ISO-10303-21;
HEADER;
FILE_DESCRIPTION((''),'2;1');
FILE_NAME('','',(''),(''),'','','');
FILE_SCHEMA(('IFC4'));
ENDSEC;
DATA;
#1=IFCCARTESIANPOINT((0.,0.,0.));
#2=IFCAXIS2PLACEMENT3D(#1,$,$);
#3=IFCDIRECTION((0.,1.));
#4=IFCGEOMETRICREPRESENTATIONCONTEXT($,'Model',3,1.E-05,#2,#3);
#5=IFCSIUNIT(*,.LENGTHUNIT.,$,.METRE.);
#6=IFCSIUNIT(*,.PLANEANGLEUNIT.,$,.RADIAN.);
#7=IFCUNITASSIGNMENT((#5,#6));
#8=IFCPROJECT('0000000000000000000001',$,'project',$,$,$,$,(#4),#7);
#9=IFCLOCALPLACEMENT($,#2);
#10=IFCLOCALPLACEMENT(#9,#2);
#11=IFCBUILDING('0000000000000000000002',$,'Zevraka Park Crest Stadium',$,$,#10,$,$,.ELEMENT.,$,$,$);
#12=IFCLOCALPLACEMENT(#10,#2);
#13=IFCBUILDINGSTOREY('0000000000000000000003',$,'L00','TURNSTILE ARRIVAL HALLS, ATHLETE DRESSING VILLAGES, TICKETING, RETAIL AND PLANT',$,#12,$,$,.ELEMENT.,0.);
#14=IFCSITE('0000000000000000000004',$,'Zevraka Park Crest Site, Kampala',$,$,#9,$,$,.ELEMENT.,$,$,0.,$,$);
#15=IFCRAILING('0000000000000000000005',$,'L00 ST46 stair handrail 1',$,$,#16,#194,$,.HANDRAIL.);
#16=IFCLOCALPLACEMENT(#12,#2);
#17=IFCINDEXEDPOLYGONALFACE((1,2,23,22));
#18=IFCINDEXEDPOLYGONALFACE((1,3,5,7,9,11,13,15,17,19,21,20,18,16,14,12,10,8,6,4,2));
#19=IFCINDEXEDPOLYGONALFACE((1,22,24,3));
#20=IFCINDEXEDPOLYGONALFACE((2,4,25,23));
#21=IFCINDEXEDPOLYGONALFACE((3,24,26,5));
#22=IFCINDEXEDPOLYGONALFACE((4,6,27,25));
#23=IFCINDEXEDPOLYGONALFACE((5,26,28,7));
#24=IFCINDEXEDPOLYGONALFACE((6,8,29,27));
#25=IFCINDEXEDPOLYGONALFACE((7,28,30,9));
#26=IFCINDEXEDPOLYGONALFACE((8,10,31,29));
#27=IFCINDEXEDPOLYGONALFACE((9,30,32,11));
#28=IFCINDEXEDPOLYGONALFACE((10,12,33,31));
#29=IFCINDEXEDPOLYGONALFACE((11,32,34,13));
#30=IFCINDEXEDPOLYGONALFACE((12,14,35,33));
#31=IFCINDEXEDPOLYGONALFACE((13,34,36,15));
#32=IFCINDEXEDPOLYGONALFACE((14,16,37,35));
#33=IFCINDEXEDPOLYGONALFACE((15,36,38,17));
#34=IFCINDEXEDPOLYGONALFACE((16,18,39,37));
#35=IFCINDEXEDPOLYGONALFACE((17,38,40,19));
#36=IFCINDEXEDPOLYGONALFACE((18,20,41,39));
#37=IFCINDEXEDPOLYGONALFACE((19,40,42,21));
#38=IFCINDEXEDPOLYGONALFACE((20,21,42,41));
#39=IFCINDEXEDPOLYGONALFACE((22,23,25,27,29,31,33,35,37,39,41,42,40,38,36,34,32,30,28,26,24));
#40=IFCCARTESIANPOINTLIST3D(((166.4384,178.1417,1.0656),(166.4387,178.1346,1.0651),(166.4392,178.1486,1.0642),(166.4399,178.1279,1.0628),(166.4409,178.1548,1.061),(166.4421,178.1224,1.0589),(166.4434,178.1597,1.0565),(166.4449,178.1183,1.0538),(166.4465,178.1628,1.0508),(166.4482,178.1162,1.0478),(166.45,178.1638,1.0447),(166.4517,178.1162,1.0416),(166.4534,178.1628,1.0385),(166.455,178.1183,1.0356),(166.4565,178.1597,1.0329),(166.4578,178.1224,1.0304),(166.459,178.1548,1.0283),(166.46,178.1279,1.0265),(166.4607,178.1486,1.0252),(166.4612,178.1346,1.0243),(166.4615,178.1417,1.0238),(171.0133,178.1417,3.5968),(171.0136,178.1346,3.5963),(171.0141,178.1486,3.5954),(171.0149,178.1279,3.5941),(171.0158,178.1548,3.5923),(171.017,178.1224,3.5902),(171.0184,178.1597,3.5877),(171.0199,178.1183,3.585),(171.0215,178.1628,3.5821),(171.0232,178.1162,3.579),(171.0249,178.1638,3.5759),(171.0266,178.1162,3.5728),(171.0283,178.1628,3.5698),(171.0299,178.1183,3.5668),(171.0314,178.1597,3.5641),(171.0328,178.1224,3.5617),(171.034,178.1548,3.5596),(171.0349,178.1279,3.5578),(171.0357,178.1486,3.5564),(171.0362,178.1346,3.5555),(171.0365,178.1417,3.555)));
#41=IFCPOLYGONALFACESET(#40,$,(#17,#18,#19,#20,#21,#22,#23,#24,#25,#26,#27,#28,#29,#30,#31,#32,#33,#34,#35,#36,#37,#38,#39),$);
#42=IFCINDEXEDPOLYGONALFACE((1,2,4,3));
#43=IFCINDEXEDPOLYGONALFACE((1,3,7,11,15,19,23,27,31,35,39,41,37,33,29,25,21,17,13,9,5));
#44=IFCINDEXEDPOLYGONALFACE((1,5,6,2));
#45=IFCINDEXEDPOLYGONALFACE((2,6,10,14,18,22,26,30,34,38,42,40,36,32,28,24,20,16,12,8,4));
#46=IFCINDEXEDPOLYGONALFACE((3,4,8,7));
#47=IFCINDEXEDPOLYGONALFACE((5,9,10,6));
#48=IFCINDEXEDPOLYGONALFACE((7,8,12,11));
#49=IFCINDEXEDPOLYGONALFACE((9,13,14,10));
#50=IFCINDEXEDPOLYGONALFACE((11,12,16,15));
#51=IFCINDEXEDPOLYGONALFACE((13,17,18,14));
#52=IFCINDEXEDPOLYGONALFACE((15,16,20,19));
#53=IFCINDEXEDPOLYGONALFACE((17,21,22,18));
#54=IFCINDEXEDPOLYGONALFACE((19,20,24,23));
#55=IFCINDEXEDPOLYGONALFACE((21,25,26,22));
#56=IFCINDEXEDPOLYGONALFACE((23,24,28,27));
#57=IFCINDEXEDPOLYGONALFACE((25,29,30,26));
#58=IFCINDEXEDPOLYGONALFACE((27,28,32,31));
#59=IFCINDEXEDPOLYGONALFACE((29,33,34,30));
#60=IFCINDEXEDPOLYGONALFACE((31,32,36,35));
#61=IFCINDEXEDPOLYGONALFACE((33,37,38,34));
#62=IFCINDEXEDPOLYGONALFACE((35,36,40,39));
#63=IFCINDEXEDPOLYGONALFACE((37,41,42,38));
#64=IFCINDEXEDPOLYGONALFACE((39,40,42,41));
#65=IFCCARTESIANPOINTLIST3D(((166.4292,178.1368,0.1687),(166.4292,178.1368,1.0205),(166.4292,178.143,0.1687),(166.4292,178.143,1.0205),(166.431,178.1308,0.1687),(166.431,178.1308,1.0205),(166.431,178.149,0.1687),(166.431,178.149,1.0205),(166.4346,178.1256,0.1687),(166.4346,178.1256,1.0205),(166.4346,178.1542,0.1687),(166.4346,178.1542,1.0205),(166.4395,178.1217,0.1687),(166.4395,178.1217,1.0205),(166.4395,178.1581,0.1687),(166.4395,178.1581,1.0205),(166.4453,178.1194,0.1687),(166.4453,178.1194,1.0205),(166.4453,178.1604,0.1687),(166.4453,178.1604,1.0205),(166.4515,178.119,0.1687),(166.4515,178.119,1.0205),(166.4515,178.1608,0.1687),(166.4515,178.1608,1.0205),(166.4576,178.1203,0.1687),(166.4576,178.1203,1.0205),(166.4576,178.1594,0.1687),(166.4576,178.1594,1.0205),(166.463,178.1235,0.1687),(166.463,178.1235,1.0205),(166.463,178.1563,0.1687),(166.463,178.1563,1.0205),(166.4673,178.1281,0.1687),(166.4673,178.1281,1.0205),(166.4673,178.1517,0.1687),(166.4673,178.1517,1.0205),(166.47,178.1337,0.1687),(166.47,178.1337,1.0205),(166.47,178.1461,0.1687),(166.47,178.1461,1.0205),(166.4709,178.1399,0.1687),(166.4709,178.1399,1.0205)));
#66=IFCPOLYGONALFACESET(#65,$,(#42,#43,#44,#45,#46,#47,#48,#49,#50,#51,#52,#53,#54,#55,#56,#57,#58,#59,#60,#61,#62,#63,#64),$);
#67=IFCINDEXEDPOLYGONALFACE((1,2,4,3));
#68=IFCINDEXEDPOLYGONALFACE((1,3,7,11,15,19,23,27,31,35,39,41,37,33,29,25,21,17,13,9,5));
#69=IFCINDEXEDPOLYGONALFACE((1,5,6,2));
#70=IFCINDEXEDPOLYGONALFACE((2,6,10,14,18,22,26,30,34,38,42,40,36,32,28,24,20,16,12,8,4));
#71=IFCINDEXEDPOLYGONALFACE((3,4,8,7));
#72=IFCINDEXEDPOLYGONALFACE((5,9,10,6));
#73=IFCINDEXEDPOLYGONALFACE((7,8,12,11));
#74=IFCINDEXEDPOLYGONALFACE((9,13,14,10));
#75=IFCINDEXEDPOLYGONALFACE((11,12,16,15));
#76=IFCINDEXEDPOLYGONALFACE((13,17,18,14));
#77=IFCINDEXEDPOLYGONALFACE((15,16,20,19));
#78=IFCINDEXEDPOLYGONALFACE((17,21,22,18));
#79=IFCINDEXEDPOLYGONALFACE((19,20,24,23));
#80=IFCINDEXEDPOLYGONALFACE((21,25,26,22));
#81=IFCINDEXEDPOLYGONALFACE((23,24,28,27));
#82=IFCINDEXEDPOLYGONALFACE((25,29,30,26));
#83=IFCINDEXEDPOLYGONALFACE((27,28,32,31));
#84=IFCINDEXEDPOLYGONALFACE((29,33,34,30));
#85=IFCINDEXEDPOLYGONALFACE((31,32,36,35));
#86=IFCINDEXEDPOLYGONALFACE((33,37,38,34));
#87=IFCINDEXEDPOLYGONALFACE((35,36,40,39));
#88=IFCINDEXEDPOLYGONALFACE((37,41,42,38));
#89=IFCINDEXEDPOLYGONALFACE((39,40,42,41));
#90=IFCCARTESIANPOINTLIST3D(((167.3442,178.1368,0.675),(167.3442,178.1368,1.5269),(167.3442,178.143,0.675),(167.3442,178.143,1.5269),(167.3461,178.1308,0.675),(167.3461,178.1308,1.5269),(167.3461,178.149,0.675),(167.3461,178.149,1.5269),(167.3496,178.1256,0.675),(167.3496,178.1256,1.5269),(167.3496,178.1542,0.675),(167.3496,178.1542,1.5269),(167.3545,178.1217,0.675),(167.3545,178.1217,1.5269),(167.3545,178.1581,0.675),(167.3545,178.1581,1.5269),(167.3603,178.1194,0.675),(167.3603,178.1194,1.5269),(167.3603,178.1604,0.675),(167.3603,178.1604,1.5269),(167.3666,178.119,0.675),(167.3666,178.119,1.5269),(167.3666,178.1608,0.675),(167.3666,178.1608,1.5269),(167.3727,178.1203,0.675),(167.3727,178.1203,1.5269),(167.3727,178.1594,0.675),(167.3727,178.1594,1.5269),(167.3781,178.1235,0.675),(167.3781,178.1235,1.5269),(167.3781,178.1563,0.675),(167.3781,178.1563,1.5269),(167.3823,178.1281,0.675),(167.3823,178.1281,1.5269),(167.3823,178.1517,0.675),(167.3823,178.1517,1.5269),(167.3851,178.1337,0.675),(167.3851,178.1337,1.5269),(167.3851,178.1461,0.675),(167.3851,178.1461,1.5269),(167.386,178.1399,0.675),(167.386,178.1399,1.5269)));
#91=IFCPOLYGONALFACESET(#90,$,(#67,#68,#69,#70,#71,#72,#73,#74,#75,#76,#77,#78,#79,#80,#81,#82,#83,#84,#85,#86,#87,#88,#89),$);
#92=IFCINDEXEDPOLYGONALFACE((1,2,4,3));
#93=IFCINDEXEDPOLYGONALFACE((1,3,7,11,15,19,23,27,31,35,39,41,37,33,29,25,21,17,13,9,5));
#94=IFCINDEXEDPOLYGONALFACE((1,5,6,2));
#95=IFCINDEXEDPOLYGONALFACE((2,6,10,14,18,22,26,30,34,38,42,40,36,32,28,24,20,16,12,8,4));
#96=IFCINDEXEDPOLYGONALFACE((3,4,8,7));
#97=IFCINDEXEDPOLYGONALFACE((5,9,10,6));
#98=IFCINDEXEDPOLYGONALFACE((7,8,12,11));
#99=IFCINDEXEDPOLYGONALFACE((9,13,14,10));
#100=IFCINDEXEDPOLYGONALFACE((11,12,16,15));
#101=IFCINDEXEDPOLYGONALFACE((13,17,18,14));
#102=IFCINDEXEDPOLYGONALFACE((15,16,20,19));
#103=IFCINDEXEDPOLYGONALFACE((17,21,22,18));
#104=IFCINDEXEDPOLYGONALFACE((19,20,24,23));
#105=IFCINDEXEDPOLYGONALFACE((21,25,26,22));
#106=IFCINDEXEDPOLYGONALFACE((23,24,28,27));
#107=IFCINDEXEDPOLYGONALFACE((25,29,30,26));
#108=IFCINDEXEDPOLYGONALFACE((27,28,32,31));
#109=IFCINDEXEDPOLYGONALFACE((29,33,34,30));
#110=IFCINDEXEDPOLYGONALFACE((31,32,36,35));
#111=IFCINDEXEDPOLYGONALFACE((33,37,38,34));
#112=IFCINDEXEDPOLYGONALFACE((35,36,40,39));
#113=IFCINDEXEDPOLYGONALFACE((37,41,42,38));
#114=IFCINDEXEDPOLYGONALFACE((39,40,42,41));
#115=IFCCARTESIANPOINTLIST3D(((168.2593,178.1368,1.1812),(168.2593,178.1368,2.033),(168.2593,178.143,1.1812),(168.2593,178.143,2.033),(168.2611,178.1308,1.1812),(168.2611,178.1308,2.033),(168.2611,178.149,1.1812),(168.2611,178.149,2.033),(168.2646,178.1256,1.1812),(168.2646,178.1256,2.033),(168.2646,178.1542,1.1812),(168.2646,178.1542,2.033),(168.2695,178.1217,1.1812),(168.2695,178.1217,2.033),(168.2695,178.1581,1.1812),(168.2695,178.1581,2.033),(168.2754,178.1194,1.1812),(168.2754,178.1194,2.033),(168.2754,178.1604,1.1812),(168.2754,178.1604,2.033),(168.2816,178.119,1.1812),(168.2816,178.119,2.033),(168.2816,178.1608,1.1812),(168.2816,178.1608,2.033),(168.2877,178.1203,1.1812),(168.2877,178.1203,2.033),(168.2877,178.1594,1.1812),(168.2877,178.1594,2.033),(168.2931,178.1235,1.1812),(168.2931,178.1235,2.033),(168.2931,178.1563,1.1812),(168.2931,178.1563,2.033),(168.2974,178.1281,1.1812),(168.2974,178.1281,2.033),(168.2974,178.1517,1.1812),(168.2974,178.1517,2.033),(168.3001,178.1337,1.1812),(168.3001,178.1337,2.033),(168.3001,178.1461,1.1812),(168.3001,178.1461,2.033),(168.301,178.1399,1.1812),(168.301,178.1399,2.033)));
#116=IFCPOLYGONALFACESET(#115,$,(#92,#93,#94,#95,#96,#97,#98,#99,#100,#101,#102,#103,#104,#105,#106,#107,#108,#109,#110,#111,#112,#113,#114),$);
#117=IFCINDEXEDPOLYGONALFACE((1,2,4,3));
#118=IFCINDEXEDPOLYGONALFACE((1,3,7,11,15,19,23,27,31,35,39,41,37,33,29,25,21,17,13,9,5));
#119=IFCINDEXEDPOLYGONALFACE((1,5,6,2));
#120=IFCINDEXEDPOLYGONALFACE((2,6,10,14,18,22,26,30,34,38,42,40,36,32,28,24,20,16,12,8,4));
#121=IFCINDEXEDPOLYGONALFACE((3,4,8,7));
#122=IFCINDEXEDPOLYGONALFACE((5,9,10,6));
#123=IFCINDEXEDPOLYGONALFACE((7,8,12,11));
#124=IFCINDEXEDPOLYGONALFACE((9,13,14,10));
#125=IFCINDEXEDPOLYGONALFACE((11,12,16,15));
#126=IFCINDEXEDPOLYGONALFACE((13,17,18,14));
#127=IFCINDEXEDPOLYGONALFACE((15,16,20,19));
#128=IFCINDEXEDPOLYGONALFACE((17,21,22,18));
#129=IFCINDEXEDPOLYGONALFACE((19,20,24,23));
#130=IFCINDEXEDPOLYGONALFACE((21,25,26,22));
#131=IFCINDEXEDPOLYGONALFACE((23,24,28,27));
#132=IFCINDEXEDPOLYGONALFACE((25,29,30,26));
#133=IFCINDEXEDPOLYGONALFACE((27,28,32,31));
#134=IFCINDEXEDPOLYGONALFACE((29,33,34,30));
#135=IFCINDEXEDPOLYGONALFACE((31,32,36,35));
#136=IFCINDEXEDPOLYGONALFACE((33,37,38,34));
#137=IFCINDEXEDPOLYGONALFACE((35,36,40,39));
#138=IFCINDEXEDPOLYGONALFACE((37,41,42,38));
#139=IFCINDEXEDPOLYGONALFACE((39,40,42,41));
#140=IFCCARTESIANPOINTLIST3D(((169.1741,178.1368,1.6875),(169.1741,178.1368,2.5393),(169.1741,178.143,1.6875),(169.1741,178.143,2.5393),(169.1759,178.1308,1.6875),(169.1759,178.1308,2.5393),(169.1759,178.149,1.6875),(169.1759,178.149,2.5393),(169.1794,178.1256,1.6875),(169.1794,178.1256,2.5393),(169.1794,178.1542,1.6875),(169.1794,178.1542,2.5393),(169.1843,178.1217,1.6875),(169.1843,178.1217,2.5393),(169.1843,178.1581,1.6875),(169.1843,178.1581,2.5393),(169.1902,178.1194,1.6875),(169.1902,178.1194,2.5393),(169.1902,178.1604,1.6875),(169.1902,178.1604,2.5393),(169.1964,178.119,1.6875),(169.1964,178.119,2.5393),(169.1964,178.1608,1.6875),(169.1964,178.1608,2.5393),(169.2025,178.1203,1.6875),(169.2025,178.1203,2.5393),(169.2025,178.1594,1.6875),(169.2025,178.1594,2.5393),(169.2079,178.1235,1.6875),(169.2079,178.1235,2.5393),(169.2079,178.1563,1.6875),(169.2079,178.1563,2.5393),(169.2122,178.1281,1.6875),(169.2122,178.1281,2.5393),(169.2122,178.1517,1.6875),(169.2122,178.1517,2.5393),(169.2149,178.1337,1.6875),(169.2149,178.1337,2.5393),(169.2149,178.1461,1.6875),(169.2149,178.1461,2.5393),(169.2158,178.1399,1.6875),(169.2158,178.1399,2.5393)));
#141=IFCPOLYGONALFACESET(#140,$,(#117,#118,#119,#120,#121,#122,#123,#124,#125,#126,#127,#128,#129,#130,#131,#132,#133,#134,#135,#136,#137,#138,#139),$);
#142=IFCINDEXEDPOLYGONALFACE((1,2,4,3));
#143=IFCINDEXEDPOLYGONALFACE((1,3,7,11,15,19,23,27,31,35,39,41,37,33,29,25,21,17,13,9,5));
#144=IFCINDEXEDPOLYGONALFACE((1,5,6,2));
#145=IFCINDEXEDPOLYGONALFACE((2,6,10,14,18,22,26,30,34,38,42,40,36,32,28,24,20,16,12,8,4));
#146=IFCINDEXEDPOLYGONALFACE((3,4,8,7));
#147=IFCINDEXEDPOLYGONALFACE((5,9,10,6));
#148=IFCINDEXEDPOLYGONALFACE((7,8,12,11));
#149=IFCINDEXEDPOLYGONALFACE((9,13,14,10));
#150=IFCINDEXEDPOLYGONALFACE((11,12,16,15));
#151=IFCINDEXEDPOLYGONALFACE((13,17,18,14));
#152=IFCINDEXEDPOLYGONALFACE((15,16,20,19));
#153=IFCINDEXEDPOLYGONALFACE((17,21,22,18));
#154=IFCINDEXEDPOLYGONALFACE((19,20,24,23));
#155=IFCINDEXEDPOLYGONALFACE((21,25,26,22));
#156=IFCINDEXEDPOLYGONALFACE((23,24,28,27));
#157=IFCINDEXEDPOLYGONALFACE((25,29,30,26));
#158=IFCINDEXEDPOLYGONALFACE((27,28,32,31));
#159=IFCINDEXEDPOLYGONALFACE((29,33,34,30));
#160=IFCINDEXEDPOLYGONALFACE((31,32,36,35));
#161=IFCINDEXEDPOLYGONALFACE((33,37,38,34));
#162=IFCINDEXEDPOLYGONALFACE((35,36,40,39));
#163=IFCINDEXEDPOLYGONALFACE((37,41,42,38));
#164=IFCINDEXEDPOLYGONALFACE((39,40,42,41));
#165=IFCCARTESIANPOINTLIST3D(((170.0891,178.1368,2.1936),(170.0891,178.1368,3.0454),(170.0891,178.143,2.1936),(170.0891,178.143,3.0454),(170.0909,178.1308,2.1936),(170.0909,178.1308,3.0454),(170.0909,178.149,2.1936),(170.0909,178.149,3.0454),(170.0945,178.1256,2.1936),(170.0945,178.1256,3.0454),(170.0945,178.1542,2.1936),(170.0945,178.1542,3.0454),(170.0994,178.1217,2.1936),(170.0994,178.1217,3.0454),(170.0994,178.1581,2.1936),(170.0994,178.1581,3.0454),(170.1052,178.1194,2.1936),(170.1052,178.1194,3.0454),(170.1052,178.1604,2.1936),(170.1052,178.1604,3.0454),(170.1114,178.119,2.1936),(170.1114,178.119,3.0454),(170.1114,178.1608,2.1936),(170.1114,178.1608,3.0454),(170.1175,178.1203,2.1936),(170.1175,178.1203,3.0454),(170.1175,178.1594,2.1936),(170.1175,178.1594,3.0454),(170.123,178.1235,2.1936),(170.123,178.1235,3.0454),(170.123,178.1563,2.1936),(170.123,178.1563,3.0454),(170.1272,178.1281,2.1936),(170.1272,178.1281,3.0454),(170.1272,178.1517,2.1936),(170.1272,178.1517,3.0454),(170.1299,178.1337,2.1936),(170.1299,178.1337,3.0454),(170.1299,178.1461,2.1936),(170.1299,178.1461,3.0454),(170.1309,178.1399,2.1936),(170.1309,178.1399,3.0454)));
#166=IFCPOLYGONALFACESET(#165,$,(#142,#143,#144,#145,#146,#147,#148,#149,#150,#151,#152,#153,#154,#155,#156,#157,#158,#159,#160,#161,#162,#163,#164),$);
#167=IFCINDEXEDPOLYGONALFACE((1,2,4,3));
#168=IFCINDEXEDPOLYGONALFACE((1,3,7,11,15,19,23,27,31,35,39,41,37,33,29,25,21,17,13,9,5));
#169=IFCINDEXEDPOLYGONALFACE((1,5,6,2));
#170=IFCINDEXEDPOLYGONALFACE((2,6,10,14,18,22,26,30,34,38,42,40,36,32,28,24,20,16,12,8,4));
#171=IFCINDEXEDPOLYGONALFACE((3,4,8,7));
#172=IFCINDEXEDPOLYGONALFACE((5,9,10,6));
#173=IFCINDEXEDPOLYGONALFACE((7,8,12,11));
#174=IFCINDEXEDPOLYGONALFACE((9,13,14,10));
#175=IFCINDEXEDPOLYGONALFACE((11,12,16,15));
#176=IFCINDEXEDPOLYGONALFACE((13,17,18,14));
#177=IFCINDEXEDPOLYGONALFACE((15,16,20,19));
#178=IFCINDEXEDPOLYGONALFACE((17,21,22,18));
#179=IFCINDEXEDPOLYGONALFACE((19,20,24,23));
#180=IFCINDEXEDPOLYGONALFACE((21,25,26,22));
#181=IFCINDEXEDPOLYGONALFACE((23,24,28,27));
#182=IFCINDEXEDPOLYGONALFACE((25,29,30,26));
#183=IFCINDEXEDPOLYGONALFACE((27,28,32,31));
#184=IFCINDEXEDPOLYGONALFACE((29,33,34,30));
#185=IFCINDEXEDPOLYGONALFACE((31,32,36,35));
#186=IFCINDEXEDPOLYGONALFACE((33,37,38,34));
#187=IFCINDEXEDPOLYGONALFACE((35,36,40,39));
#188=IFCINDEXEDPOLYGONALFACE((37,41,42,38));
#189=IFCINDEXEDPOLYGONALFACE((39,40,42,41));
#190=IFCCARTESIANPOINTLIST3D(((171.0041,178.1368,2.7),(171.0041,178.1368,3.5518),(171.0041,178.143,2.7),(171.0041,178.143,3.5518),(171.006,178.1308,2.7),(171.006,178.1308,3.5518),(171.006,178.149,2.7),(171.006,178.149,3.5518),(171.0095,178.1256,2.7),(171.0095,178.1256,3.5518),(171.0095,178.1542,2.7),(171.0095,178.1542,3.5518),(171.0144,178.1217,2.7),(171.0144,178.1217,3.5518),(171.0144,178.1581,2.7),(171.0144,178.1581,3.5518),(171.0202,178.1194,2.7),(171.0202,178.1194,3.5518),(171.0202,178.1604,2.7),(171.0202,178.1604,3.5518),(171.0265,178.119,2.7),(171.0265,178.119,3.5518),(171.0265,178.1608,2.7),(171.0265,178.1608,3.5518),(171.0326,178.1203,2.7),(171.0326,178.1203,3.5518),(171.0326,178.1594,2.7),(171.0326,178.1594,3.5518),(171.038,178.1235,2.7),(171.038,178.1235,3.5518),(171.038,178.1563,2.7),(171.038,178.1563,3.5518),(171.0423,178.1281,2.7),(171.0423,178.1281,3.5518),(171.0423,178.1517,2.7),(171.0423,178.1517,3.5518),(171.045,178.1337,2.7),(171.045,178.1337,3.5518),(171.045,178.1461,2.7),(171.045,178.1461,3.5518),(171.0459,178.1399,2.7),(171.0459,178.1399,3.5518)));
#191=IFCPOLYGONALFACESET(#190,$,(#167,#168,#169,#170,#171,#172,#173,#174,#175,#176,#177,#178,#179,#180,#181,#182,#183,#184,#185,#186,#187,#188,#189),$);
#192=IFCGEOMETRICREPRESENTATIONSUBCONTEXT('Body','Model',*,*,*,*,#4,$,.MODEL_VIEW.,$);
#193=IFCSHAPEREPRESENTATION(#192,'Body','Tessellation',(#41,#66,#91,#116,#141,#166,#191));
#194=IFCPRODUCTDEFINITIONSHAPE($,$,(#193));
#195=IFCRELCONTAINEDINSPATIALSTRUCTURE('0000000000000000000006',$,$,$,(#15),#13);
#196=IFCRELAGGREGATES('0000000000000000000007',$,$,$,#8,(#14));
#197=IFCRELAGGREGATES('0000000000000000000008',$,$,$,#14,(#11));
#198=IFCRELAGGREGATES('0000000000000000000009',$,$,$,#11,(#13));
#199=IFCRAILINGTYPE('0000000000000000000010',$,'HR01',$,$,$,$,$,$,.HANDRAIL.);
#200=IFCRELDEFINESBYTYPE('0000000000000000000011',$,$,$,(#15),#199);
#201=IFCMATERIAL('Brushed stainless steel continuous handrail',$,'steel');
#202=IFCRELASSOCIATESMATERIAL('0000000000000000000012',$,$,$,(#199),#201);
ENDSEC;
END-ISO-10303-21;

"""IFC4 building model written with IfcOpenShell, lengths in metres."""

from ifc_helpers import new_model, si_unit, direction, frame, origin, origin_2d, place, context, subcontext, project, spatial, circle, extrude, material, type_object, element, save


model = new_model("IFC4")

# Units and contexts
model_context = context("Model", 3, precision=1e-05, world=origin(), true_north=direction((0.0, 1.0)))
body_context = subcontext(model_context, "Body", "Model", "MODEL_VIEW")
ifc_project = project(units=[si_unit("LENGTHUNIT", "METRE"), si_unit("PLANEANGLEUNIT", "RADIAN")], contexts=[model_context])

# Site, building, storey
site_placement = place(None, origin())
site = spatial("IfcSite", under=ifc_project, at=site_placement, Name="Zevraka Park Crest Site, Kampala", CompositionType="ELEMENT", RefElevation=0.0)
building_placement = place(site_placement, origin())
building = spatial("IfcBuilding", under=site, at=building_placement, Name="Zevraka Park Crest Stadium", CompositionType="ELEMENT")
storey_placement = place(building_placement, origin())
storey = spatial("IfcBuildingStorey", under=building, at=storey_placement, Name="L00", Description="TURNSTILE ARRIVAL HALLS, ATHLETE DRESSING VILLAGES, TICKETING, RETAIL AND PLANT", CompositionType="ELEMENT", Elevation=0.0)

# Railing
ifc_material_1 = material(Name="Brushed stainless steel continuous handrail", Category="steel")
railing_type_1 = type_object("IfcRailingType", Name="HR01", PredefinedType="HANDRAIL", material=ifc_material_1)
railing_1_placement = place(storey_placement, frame((166.45, 178.1399, 0.1687)))
element("IfcRailing", 1, at=railing_1_placement, inside=storey, type_object=railing_type_1, Name="L00 ST46 stair handrail 1", PredefinedType="HANDRAIL", context=body_context, shape_type="SweptSolid", body=[
    extrude(circle(Radius=0.0239, at=origin_2d()), frame((0.0, 0.0, 0.876), z_axis=(0.875, 0.0, 0.484124), x_axis=(0.0, 1.0, 0.0)), (0.0, 0.0, 1.0), 5.2285),
    extrude(circle(Radius=0.021, at=origin_2d()), origin(), (0.0, 0.0, 1.0), 0.8518),
    extrude(circle(Radius=0.021, at=origin_2d()), frame((0.915, 0.0, 0.5063)), (0.0, 0.0, 1.0), 0.8518),
    extrude(circle(Radius=0.021, at=origin_2d()), frame((1.8301, 0.0, 1.0125)), (0.0, 0.0, 1.0), 0.8518),
    extrude(circle(Radius=0.021, at=origin_2d()), frame((2.7449, 0.0, 1.5188)), (0.0, 0.0, 1.0), 0.8518),
    extrude(circle(Radius=0.021, at=origin_2d()), frame((3.6599, 0.0, 2.0249)), (0.0, 0.0, 1.0), 0.8518),
    extrude(circle(Radius=0.021, at=origin_2d()), frame((4.575, 0.0, 2.5312)), (0.0, 0.0, 1.0), 0.8518),
])

save(model, "model.ifc")
